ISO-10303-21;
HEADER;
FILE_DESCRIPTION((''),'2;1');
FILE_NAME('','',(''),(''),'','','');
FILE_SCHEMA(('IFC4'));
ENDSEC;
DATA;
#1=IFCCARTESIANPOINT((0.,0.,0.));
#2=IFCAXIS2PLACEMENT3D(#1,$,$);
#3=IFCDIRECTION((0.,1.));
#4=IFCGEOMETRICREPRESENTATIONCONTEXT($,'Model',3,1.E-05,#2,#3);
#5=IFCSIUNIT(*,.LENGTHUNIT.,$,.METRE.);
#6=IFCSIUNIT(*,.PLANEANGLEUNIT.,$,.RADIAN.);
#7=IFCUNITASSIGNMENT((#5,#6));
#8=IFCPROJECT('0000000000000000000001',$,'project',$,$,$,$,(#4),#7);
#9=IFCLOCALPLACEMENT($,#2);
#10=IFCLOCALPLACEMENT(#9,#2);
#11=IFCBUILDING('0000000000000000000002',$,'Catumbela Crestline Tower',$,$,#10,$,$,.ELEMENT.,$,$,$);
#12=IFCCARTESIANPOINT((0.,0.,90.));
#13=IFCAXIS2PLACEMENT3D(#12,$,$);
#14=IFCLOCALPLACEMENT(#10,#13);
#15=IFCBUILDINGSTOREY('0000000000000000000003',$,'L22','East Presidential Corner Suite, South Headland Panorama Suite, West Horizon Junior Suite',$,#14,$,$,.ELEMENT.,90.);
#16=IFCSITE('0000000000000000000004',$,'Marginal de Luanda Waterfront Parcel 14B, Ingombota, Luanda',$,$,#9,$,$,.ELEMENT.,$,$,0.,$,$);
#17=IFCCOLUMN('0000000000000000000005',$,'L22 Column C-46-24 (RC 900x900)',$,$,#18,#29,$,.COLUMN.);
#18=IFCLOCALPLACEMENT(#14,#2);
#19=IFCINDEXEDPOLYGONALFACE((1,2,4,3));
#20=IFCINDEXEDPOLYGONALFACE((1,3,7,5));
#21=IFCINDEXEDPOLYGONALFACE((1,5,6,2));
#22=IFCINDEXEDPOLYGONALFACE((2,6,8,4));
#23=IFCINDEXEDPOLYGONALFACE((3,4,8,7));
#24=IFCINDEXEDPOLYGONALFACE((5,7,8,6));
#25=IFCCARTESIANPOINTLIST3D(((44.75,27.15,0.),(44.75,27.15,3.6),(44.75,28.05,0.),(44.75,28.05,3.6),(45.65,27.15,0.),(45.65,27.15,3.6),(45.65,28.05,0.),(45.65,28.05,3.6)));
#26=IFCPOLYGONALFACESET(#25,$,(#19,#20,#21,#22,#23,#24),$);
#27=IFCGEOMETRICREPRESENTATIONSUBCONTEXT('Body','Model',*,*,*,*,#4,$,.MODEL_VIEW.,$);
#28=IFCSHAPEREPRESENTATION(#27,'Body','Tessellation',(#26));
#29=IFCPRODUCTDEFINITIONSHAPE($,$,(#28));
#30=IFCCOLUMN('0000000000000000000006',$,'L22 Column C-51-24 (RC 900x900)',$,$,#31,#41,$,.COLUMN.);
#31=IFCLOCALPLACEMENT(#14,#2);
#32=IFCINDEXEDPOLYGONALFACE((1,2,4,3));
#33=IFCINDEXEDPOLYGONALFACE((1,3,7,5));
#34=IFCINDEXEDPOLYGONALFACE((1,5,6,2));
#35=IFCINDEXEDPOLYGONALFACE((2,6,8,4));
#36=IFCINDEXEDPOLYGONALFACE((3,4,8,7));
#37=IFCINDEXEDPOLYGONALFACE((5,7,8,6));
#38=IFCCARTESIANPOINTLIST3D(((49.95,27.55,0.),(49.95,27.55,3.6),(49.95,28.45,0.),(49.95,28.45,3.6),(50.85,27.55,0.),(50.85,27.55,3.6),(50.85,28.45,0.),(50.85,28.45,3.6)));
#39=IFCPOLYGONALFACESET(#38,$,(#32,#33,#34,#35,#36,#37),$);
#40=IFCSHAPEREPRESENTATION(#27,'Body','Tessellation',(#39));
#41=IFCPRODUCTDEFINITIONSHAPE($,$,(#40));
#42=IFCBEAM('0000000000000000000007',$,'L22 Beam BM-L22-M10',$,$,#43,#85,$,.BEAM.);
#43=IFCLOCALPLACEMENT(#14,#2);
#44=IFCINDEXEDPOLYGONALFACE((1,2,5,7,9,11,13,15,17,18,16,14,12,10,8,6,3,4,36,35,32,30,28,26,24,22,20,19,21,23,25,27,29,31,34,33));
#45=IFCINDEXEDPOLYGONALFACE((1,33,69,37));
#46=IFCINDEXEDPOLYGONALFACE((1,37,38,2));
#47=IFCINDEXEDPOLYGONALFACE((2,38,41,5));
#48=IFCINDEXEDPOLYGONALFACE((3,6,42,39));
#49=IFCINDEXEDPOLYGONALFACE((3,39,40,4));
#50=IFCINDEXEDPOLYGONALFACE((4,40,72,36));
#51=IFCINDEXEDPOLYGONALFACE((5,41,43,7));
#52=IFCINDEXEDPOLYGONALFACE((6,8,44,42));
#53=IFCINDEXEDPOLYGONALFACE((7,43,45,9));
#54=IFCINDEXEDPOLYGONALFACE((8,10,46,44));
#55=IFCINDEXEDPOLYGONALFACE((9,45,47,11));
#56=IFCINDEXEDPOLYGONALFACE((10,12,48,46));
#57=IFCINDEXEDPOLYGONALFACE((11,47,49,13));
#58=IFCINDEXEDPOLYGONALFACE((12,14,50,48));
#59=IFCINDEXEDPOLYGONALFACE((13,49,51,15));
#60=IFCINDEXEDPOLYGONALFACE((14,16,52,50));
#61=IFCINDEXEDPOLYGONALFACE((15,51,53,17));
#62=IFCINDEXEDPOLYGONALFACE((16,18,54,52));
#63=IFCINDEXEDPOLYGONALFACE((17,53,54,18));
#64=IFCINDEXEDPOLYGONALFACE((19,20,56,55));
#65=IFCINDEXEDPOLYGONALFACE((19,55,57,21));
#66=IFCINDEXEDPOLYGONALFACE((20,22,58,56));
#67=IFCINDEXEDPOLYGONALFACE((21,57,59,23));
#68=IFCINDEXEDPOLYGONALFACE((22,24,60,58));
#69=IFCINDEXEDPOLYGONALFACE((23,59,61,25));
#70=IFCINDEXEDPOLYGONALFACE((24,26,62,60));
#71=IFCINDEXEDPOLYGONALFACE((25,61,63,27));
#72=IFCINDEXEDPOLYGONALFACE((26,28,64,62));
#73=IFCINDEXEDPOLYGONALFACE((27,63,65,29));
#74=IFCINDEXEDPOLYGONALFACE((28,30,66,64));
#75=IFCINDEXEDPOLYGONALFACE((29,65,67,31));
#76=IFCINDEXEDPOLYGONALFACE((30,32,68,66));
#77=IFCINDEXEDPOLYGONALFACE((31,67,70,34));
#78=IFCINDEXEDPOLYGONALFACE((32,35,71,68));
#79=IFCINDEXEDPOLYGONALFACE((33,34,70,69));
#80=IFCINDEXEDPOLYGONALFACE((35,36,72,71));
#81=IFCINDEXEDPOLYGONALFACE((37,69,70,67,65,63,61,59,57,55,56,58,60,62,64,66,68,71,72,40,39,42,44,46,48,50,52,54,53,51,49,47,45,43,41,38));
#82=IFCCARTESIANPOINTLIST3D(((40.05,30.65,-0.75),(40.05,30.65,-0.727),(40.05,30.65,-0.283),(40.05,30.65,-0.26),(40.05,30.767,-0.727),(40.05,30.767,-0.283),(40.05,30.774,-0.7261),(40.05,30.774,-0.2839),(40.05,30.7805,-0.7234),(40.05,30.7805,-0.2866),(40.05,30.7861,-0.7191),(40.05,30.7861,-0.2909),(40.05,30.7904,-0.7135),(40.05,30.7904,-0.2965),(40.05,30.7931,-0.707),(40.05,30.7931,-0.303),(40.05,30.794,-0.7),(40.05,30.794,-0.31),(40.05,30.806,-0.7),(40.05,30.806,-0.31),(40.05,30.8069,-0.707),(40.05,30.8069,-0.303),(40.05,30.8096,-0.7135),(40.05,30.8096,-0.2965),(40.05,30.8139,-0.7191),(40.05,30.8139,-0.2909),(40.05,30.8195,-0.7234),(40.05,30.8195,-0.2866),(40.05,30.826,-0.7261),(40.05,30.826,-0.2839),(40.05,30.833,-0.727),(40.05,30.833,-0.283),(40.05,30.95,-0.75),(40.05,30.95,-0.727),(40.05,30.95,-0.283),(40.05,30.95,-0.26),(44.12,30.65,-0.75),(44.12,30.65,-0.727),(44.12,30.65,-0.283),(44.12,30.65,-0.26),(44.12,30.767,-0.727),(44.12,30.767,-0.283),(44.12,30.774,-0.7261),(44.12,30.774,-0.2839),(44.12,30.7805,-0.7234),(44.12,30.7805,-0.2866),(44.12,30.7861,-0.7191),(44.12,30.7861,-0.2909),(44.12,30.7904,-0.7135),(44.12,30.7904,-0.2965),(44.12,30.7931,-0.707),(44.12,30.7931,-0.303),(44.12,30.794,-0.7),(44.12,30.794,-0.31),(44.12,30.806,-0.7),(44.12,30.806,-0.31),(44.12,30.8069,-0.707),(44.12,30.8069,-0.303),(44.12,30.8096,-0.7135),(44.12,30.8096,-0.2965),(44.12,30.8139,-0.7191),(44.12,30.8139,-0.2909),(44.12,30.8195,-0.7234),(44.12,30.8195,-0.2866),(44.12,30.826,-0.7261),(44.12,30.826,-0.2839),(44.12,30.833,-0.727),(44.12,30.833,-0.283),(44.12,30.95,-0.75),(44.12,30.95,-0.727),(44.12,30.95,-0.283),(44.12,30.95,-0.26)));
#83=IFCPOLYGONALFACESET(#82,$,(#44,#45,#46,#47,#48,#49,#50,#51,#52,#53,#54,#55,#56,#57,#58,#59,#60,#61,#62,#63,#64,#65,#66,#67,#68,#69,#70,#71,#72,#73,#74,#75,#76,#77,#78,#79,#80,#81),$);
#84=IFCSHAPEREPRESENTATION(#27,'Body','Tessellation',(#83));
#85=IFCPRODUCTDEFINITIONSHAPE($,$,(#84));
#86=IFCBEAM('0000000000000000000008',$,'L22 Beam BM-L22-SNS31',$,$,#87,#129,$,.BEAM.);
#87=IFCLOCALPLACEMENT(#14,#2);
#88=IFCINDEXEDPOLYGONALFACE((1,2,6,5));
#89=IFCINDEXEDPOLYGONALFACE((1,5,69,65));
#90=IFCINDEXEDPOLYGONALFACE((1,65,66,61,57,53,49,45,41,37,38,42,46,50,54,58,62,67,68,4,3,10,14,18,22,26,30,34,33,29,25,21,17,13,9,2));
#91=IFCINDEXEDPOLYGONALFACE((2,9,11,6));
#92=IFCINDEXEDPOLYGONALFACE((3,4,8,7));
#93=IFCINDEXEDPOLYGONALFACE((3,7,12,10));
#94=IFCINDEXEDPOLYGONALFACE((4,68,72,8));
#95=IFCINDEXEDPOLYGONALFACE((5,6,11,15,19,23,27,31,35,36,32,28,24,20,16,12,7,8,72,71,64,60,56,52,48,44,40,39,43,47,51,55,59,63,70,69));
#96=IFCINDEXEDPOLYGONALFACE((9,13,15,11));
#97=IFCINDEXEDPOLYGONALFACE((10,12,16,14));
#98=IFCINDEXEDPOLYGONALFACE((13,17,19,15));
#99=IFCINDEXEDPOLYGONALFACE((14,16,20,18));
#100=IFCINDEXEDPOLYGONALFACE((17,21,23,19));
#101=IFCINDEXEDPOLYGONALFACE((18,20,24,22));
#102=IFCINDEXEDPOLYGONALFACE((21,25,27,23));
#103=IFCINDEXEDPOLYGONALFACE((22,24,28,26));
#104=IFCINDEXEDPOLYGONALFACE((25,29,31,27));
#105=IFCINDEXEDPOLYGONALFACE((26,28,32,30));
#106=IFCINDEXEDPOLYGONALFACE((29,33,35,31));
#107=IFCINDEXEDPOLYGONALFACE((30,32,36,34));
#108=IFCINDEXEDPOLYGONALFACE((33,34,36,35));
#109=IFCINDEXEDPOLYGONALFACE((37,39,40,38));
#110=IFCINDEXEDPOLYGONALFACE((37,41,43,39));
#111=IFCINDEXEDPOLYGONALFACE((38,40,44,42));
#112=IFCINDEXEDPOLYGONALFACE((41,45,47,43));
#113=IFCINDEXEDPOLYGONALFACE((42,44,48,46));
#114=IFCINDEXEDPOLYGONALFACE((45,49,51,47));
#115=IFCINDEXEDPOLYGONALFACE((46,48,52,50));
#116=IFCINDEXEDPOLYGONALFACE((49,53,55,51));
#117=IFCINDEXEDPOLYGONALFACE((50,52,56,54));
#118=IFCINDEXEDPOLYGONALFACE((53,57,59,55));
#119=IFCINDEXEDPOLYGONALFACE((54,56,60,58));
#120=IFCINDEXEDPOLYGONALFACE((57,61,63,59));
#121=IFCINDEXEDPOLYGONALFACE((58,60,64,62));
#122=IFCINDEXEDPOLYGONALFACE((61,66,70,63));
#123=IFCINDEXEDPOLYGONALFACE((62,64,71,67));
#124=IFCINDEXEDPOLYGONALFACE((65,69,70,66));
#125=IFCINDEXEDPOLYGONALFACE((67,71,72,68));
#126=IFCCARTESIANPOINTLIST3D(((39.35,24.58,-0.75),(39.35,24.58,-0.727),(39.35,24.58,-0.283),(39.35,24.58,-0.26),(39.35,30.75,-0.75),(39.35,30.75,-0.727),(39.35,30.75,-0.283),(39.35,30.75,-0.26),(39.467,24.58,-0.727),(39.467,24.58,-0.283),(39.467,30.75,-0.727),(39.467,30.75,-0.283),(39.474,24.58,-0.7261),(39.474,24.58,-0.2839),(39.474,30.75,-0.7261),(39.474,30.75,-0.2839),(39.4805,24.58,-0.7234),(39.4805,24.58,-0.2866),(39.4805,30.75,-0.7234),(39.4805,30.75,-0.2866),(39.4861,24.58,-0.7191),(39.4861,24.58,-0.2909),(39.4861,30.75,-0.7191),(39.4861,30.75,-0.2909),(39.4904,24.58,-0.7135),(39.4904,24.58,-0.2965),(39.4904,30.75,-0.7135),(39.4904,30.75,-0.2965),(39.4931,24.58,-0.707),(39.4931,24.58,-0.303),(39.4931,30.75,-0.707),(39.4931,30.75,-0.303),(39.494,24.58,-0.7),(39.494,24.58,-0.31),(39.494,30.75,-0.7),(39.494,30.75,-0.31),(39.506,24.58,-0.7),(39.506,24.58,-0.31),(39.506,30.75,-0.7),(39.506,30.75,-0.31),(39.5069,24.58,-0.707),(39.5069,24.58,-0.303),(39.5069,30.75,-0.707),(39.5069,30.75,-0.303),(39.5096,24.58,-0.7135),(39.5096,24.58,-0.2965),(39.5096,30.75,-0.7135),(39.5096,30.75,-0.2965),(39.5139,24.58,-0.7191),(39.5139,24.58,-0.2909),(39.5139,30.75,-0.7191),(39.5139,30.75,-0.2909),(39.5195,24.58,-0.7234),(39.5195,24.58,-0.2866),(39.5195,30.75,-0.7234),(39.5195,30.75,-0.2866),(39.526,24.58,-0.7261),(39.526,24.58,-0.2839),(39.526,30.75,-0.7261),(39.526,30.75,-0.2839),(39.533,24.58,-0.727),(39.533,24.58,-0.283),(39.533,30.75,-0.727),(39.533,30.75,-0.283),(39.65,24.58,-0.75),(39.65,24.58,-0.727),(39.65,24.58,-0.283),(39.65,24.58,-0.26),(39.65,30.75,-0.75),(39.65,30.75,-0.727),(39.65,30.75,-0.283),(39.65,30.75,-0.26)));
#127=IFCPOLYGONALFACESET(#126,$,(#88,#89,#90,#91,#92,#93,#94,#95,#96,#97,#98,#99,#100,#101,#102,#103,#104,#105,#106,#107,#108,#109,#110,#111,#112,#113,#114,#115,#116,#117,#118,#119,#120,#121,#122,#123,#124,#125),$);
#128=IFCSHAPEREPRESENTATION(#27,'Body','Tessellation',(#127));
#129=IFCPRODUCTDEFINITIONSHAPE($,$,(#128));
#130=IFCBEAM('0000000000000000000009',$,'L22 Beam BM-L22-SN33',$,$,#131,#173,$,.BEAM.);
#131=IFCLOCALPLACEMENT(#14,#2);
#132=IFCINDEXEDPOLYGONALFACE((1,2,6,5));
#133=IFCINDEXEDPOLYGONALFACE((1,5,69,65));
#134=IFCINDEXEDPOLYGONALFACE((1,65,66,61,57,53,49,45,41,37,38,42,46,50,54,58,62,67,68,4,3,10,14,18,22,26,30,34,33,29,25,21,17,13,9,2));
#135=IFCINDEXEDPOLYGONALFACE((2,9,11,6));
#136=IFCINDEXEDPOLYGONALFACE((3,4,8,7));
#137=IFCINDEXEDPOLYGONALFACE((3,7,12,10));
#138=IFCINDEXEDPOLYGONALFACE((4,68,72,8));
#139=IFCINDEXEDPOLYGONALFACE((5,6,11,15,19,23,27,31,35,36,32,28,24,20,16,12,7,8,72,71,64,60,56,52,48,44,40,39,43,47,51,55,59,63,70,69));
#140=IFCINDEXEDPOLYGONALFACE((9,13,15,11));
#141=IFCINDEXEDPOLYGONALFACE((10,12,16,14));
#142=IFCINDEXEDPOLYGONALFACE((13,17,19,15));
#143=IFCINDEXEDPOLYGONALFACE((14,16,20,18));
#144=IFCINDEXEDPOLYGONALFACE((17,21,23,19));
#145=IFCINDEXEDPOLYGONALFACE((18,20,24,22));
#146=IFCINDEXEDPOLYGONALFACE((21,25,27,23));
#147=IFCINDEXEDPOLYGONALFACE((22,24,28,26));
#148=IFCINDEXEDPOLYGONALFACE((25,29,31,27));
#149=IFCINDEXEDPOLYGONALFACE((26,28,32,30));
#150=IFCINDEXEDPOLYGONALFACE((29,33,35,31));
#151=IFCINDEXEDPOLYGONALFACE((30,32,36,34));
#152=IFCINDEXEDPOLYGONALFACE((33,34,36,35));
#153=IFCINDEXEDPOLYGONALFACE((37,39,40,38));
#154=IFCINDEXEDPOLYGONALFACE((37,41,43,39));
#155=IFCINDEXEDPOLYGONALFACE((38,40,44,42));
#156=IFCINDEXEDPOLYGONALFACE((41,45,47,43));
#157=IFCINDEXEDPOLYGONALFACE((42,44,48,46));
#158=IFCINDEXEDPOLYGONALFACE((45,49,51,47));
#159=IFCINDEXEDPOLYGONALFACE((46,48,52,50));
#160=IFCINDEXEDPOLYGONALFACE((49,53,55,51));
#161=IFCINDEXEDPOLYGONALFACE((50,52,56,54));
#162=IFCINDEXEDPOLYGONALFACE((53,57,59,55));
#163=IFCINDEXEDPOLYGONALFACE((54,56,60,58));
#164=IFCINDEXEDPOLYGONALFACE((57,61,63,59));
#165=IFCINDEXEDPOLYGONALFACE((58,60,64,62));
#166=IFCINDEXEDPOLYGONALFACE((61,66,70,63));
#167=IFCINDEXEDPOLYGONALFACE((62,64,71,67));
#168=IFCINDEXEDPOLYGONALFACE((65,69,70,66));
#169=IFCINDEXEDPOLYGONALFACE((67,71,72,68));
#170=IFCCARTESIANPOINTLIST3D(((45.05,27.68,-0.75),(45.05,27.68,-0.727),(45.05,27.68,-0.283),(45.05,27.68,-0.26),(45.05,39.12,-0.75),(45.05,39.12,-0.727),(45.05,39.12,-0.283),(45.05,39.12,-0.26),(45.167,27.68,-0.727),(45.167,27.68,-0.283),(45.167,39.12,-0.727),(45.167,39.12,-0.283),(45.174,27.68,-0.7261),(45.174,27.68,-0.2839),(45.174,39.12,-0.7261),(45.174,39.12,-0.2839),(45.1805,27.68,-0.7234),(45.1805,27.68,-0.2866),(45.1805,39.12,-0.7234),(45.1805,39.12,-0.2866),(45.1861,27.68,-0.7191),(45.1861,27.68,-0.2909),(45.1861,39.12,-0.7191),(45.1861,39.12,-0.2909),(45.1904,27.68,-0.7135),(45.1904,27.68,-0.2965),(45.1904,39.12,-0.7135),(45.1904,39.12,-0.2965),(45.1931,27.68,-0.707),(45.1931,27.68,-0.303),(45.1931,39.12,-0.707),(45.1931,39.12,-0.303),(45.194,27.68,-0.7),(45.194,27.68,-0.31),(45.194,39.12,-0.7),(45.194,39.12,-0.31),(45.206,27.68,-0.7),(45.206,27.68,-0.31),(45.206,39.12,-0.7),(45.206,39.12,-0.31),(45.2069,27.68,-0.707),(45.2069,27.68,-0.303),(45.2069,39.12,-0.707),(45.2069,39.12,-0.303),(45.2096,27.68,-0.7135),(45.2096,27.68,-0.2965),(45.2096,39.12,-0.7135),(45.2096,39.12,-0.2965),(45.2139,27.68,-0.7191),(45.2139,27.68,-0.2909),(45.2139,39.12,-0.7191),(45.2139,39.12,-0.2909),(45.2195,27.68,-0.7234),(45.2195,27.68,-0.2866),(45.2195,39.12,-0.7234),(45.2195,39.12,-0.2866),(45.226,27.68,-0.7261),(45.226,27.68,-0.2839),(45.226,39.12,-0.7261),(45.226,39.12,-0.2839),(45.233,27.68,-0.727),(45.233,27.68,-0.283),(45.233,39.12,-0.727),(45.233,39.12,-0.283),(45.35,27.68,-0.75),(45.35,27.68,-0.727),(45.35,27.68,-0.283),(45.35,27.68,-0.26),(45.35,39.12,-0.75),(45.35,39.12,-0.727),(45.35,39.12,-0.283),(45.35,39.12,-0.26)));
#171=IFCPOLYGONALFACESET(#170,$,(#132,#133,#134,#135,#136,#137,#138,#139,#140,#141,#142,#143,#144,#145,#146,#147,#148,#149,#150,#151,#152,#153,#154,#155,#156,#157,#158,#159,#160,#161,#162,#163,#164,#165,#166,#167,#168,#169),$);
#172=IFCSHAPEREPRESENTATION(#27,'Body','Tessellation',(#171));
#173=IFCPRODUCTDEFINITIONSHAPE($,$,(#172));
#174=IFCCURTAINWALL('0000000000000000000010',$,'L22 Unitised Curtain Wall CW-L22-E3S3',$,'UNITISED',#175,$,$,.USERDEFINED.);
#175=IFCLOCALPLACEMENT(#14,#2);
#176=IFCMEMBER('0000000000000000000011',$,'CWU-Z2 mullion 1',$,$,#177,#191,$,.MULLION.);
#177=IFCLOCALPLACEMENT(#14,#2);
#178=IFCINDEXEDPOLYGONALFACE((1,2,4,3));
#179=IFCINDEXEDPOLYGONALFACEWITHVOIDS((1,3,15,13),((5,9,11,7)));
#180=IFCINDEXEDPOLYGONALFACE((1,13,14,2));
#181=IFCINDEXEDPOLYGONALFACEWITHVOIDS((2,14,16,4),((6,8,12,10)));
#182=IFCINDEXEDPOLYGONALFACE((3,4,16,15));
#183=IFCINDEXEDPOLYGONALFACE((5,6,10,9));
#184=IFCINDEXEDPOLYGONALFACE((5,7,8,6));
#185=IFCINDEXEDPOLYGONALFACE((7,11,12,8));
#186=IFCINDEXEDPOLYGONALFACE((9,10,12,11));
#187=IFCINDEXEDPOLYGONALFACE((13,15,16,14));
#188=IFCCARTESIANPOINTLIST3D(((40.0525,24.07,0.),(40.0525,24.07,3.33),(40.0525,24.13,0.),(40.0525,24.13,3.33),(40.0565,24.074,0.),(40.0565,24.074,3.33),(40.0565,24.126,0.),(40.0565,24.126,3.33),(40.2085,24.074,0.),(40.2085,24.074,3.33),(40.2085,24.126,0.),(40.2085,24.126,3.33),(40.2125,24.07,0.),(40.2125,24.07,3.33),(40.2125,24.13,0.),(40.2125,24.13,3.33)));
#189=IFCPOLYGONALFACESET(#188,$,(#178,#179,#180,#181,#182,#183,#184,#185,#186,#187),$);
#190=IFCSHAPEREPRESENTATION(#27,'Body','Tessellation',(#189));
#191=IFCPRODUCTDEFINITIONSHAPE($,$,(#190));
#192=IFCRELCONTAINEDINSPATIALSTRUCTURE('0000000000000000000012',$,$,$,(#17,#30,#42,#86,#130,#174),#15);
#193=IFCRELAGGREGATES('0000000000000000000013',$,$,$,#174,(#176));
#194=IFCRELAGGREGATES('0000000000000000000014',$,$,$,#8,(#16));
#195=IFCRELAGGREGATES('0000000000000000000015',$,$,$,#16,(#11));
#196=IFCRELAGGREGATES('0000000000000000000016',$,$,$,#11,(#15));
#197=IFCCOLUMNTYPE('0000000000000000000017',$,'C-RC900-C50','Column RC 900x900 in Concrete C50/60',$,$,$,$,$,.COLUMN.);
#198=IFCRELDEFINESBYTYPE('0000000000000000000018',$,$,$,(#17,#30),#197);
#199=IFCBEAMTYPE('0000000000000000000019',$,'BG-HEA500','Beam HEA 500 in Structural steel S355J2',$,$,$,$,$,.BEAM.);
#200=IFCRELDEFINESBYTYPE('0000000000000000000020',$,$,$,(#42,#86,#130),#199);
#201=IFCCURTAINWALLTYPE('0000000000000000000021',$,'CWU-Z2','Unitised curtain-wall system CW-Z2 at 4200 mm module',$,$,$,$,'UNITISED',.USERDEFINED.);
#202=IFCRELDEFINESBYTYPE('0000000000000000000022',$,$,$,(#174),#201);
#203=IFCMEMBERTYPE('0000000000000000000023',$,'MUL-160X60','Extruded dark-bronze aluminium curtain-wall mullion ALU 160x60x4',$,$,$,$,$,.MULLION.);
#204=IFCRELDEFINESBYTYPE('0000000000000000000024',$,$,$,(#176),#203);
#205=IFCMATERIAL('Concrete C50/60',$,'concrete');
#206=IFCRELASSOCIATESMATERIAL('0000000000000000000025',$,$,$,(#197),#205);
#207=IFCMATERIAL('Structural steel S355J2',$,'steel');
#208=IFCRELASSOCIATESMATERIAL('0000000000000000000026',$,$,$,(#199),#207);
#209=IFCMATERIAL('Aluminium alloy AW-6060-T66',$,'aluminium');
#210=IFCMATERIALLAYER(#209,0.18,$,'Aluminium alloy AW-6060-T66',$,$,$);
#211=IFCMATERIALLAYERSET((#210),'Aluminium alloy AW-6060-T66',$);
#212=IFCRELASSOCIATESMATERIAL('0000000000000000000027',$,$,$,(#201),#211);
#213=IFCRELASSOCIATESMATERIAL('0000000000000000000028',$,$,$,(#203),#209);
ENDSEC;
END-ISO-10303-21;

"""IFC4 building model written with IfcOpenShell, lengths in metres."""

from ifc_helpers import new_model, si_unit, direction, frame, origin, origin_2d, place, context, subcontext, project, spatial, rectangle, hollow_rectangle, i_section, extrude, material, layer, layer_set, material_profile, profile_set, type_object, element, aggregate, save


model = new_model("IFC4")

# Units and contexts
model_context = context("Model", 3, precision=1e-05, world=origin(), true_north=direction((0.0, 1.0)))
body_context = subcontext(model_context, "Body", "Model", "MODEL_VIEW")
ifc_project = project(units=[si_unit("LENGTHUNIT", "METRE"), si_unit("PLANEANGLEUNIT", "RADIAN")], contexts=[model_context])

# Site, building, storey
site_placement = place(None, origin())
site = spatial("IfcSite", under=ifc_project, at=site_placement, Name="Marginal de Luanda Waterfront Parcel 14B, Ingombota, Luanda", CompositionType="ELEMENT", RefElevation=0.0)
building_placement = place(site_placement, origin())
building = spatial("IfcBuilding", under=site, at=building_placement, Name="Catumbela Crestline Tower", CompositionType="ELEMENT")
storey_placement = place(building_placement, frame((0.0, 0.0, 90.0)))
storey = spatial("IfcBuildingStorey", under=building, at=storey_placement, Name="L22", Description="East Presidential Corner Suite, South Headland Panorama Suite, West Horizon Junior Suite", CompositionType="ELEMENT", Elevation=90.0)

# Columns
ifc_material_1 = material(Name="Concrete C50/60", Category="concrete")
ifc_material_profile_1 = material_profile(ifc_material_1, rectangle(XDim=0.9, YDim=0.9, at=origin_2d()), Name="RC 900x900")
ifc_profile_set_1 = profile_set([ifc_material_profile_1], Name="Concrete C50/60")
column_type = type_object("IfcColumnType", Name="C-RC900-C50", Description="Column RC 900x900 in Concrete C50/60", PredefinedType="COLUMN", material=ifc_profile_set_1)
for number, where, z_axis, x_axis, name in (
    (1, (45.2, 27.6, 0.0), (0.0, 0.0, 1.0), (1.0, 0.0, 0.0), "L22 Column C-46-24 (RC 900x900)"),
    (2, (50.4, 28.0, 0.0), (0.0, 0.0, 1.0), (1.0, 0.0, 0.0), "L22 Column C-51-24 (RC 900x900)"),
):
    element("IfcColumn", number, at=place(storey_placement, frame(where, z_axis=z_axis, x_axis=x_axis)), inside=storey, type_object=column_type, Name=name, PredefinedType="COLUMN", context=body_context, shape_type="SweptSolid", body=[
        extrude(rectangle(XDim=0.9, YDim=0.9, at=origin_2d()), origin(), (0.0, 0.0, 1.0), 3.6),
    ])

# Beams
ifc_material_2 = material(Name="Structural steel S355J2", Category="steel")
ifc_material_profile_2 = material_profile(ifc_material_2, i_section(OverallWidth=0.3, OverallDepth=0.49, WebThickness=0.012, FlangeThickness=0.023, FilletRadius=0.027, at=origin_2d()), Name="HEA 500")
ifc_profile_set_2 = profile_set([ifc_material_profile_2], Name="Structural steel S355J2")
beam_type_1 = type_object("IfcBeamType", Name="BG-HEA500", Description="Beam HEA 500 in Structural steel S355J2", PredefinedType="BEAM", material=ifc_profile_set_2)
beam_1_placement = place(storey_placement, frame((40.05, 30.8, -0.505), z_axis=(1.0, 0.0, 0.0), x_axis=(0.0, 1.0, 0.0)))
element("IfcBeam", 3, at=beam_1_placement, inside=storey, type_object=beam_type_1, Name="L22 Beam BM-L22-M10", PredefinedType="BEAM", context=body_context, shape_type="SweptSolid", body=[
    extrude(i_section(OverallWidth=0.3, OverallDepth=0.49, WebThickness=0.012, FlangeThickness=0.023, FilletRadius=0.027, at=origin_2d()), origin(), (0.0, 0.0, 1.0), 4.07),
])
beam_2_placement = place(storey_placement, frame((39.5, 24.58, -0.505), z_axis=(0.0, 1.0, 0.0), x_axis=(-1.0, 0.0, 0.0)))
element("IfcBeam", 4, at=beam_2_placement, inside=storey, type_object=beam_type_1, Name="L22 Beam BM-L22-SNS31", PredefinedType="BEAM", context=body_context, shape_type="SweptSolid", body=[
    extrude(i_section(OverallWidth=0.3, OverallDepth=0.49, WebThickness=0.012, FlangeThickness=0.023, FilletRadius=0.027, at=origin_2d()), origin(), (0.0, 0.0, 1.0), 6.17),
])
beam_3_placement = place(storey_placement, frame((45.2, 27.68, -0.505), z_axis=(0.0, 1.0, 0.0), x_axis=(-1.0, 0.0, 0.0)))
element("IfcBeam", 5, at=beam_3_placement, inside=storey, type_object=beam_type_1, Name="L22 Beam BM-L22-SN33", PredefinedType="BEAM", context=body_context, shape_type="SweptSolid", body=[
    extrude(i_section(OverallWidth=0.3, OverallDepth=0.49, WebThickness=0.012, FlangeThickness=0.023, FilletRadius=0.027, at=origin_2d()), origin(), (0.0, 0.0, 1.0), 11.44),
])

# Curtain wall, member
ifc_material_3 = material(Name="Aluminium alloy AW-6060-T66", Category="aluminium")
ifc_layer_1 = layer(ifc_material_3, 0.18, Name="Aluminium alloy AW-6060-T66")
ifc_layer_set_1 = layer_set([ifc_layer_1], Name="Aluminium alloy AW-6060-T66")
curtain_wall_type = type_object("IfcCurtainWallType", Name="CWU-Z2", Description="Unitised curtain-wall system CW-Z2 at 4200 mm module", ElementType="UNITISED", PredefinedType="USERDEFINED", material=ifc_layer_set_1)
curtain_wall_1_placement = place(storey_placement, origin())
curtain_wall_1 = element("IfcCurtainWall", 6, at=curtain_wall_1_placement, inside=storey, type_object=curtain_wall_type, Name="L22 Unitised Curtain Wall CW-L22-E3S3", ObjectType="UNITISED", PredefinedType="USERDEFINED")
ifc_material_profile_3 = material_profile(ifc_material_3, hollow_rectangle(XDim=0.06, YDim=0.16, WallThickness=0.004, at=origin_2d()), Name="ALU 160x60x4")
ifc_profile_set_3 = profile_set([ifc_material_profile_3], Name="Aluminium alloy AW-6060-T66")
member_type_1 = type_object("IfcMemberType", Name="MUL-160X60", Description="Extruded dark-bronze aluminium curtain-wall mullion ALU 160x60x4", PredefinedType="MULLION", material=ifc_profile_set_3)
member_1_placement = place(storey_placement, frame((40.1325, 24.1, 0.0), z_axis=(0.0, 0.0, 1.0), x_axis=(0.0, 1.0, 0.0)))
member_1 = element("IfcMember", 7, at=member_1_placement, type_object=member_type_1, Name="CWU-Z2 mullion 1", PredefinedType="MULLION", context=body_context, shape_type="SweptSolid", body=[
    extrude(hollow_rectangle(XDim=0.06, YDim=0.16, WallThickness=0.004, at=origin_2d()), origin(), (0.0, 0.0, 1.0), 3.33),
])

aggregate(curtain_wall_1, [member_1])

save(model, "model.ifc")
